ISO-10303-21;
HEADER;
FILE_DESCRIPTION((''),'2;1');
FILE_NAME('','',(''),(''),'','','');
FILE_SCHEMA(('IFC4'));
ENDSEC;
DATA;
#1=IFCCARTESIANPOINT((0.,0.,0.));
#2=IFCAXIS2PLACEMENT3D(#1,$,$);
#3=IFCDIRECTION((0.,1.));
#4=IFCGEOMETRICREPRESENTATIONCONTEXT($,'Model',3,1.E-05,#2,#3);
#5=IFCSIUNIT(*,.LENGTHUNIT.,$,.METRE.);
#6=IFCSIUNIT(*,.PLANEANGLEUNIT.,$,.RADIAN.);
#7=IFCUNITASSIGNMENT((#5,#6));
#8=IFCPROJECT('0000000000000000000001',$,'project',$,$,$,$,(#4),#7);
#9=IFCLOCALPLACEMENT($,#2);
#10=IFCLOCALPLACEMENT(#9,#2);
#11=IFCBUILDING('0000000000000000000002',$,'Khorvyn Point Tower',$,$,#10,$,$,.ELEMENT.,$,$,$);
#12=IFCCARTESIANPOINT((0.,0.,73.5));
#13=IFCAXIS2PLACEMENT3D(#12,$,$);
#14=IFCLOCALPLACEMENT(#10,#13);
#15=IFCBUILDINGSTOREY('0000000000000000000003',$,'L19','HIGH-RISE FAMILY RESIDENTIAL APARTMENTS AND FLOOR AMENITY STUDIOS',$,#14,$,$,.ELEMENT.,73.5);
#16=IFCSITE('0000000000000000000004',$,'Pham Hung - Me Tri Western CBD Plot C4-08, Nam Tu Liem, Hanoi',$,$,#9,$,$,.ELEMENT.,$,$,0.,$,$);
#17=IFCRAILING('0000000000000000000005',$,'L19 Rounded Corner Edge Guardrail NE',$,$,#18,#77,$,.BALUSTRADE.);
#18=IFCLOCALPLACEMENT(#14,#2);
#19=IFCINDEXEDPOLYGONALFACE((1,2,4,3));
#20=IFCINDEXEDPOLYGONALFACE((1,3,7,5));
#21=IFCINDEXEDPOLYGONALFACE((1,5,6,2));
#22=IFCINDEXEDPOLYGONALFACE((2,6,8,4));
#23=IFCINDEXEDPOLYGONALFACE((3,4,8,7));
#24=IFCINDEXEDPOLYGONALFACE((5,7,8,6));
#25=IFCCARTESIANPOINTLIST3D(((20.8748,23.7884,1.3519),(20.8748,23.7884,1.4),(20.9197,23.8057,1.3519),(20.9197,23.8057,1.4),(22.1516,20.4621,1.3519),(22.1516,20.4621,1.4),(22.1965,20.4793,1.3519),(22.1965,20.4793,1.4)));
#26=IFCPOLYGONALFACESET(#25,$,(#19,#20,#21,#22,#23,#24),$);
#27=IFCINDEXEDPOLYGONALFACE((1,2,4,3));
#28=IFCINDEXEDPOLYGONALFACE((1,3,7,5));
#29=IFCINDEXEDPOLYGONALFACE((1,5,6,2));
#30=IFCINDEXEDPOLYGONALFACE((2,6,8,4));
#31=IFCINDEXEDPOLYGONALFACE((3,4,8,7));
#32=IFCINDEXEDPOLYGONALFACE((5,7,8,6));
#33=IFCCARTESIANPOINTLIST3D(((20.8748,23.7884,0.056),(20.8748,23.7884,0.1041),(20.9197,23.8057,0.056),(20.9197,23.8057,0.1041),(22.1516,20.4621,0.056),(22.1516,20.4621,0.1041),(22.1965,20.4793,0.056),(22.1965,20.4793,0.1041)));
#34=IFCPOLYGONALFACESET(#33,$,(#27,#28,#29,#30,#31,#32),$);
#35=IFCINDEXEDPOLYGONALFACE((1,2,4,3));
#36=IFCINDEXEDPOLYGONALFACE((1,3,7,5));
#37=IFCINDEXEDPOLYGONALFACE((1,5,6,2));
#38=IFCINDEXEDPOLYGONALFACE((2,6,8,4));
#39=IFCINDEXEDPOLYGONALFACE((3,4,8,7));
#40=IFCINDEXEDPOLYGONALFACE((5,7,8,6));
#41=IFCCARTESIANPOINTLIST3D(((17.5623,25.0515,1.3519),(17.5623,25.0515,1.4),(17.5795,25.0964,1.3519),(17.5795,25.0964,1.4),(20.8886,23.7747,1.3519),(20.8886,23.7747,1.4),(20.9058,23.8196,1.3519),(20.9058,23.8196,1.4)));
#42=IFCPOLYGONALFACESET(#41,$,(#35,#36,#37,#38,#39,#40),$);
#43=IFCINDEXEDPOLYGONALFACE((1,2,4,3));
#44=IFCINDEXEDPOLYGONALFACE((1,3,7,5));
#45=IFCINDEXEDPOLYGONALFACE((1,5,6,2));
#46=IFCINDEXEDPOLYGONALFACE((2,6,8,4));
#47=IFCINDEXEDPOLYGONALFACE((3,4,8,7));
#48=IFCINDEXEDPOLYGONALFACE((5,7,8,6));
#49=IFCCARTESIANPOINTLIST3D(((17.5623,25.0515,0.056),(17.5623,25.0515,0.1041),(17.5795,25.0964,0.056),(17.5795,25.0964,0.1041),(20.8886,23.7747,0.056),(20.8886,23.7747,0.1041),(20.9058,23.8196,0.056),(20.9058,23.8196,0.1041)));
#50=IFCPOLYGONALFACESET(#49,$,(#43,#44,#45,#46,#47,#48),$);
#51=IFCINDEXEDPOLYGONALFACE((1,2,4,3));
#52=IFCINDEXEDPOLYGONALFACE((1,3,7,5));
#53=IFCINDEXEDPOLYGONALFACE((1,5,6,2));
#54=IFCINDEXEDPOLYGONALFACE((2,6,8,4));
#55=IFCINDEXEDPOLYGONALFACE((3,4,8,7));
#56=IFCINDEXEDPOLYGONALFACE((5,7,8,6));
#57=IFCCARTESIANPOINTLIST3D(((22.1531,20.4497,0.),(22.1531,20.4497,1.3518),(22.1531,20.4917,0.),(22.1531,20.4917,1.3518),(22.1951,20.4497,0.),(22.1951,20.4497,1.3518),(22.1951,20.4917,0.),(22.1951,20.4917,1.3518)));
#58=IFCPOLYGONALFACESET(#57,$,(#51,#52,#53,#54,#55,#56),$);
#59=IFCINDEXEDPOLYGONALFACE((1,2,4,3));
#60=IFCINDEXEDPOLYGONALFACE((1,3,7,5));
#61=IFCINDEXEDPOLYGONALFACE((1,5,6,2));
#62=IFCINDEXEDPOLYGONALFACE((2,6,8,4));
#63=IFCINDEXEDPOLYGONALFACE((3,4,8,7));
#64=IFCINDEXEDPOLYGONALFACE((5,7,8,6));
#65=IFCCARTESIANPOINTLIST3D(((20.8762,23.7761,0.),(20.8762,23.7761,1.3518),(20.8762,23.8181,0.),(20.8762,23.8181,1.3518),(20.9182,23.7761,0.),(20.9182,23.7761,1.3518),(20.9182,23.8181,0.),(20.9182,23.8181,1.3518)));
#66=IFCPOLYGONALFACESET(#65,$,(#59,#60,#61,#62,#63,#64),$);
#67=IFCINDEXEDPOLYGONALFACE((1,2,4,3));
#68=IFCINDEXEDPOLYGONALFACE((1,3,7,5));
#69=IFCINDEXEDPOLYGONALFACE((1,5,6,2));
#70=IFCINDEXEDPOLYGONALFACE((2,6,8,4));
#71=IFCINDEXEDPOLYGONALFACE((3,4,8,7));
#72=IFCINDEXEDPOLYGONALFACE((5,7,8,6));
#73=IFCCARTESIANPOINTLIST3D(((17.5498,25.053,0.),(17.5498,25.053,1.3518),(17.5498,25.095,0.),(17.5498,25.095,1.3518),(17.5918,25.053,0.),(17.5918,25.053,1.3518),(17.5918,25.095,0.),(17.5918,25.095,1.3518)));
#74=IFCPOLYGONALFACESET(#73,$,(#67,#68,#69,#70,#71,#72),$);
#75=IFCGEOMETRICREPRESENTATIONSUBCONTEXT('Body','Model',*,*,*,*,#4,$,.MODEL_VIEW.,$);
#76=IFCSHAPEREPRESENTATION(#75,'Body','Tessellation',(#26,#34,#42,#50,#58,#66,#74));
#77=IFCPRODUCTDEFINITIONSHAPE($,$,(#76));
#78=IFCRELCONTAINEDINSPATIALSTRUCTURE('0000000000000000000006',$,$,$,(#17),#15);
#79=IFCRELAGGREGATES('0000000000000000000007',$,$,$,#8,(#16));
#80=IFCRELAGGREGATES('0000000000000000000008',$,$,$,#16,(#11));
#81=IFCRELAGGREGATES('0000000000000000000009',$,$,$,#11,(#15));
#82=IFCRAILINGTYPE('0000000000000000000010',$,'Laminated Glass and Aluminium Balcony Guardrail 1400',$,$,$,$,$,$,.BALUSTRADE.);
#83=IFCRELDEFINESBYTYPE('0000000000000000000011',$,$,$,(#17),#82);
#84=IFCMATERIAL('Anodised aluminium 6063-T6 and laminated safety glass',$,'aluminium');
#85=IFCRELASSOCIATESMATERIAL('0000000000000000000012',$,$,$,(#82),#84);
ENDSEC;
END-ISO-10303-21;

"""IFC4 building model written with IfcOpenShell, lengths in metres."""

from ifc_helpers import new_model, si_unit, direction, frame, origin, origin_2d, place, context, subcontext, project, spatial, rectangle, extrude, material, type_object, element, save


model = new_model("IFC4")

# Units and contexts
model_context = context("Model", 3, precision=1e-05, world=origin(), true_north=direction((0.0, 1.0)))
body_context = subcontext(model_context, "Body", "Model", "MODEL_VIEW")
ifc_project = project(units=[si_unit("LENGTHUNIT", "METRE"), si_unit("PLANEANGLEUNIT", "RADIAN")], contexts=[model_context])

# Site, building, storey
site_placement = place(None, origin())
site = spatial("IfcSite", under=ifc_project, at=site_placement, Name="Pham Hung - Me Tri Western CBD Plot C4-08, Nam Tu Liem, Hanoi", CompositionType="ELEMENT", RefElevation=0.0)
building_placement = place(site_placement, origin())
building = spatial("IfcBuilding", under=site, at=building_placement, Name="Khorvyn Point Tower", CompositionType="ELEMENT")
storey_placement = place(building_placement, frame((0.0, 0.0, 73.5)))
storey = spatial("IfcBuildingStorey", under=building, at=storey_placement, Name="L19", Description="HIGH-RISE FAMILY RESIDENTIAL APARTMENTS AND FLOOR AMENITY STUDIOS", CompositionType="ELEMENT", Elevation=73.5)

# Railing
ifc_material_1 = material(Name="Anodised aluminium 6063-T6 and laminated safety glass", Category="aluminium")
railing_type = type_object("IfcRailingType", Name="Laminated Glass and Aluminium Balcony Guardrail 1400", PredefinedType="BALUSTRADE", material=ifc_material_1)
railing_placement = place(storey_placement, frame((22.1741, 20.4707, 0.0)))
element("IfcRailing", 1, at=railing_placement, inside=storey, type_object=railing_type, Name="L19 Rounded Corner Edge Guardrail NE", PredefinedType="BALUSTRADE", context=body_context, shape_type="SweptSolid", body=[
    extrude(rectangle(XDim=0.0481, YDim=0.0481, at=origin_2d()), frame((0.0, 0.0, 1.376), z_axis=(-0.358359, 0.933584, 0.0), x_axis=(-0.933584, -0.358359, 0.0)), (0.0, 0.0, 1.0), 3.563),
    extrude(rectangle(XDim=0.0481, YDim=0.0481, at=origin_2d()), frame((0.0, 0.0, 0.0801), z_axis=(-0.358359, 0.933584, 0.0), x_axis=(-0.933584, -0.358359, 0.0)), (0.0, 0.0, 1.0), 3.563),
    extrude(rectangle(XDim=0.0481, YDim=0.0481, at=origin_2d()), frame((-1.2769, 3.3264, 1.376), z_axis=(-0.933584, 0.358359, 0.0), x_axis=(-0.358359, -0.933584, 0.0)), (0.0, 0.0, 1.0), 3.563),
    extrude(rectangle(XDim=0.0481, YDim=0.0481, at=origin_2d()), frame((-1.2769, 3.3264, 0.0801), z_axis=(-0.933584, 0.358359, 0.0), x_axis=(-0.358359, -0.933584, 0.0)), (0.0, 0.0, 1.0), 3.563),
    extrude(rectangle(XDim=0.042, YDim=0.042, at=origin_2d()), origin(), (0.0, 0.0, 1.0), 1.3518),
    extrude(rectangle(XDim=0.042, YDim=0.042, at=origin_2d()), frame((-1.2769, 3.3264, 0.0)), (0.0, 0.0, 1.0), 1.3518),
    extrude(rectangle(XDim=0.042, YDim=0.042, at=origin_2d()), frame((-4.6033, 4.6033, 0.0)), (0.0, 0.0, 1.0), 1.3518),
])

save(model, "model.ifc")
